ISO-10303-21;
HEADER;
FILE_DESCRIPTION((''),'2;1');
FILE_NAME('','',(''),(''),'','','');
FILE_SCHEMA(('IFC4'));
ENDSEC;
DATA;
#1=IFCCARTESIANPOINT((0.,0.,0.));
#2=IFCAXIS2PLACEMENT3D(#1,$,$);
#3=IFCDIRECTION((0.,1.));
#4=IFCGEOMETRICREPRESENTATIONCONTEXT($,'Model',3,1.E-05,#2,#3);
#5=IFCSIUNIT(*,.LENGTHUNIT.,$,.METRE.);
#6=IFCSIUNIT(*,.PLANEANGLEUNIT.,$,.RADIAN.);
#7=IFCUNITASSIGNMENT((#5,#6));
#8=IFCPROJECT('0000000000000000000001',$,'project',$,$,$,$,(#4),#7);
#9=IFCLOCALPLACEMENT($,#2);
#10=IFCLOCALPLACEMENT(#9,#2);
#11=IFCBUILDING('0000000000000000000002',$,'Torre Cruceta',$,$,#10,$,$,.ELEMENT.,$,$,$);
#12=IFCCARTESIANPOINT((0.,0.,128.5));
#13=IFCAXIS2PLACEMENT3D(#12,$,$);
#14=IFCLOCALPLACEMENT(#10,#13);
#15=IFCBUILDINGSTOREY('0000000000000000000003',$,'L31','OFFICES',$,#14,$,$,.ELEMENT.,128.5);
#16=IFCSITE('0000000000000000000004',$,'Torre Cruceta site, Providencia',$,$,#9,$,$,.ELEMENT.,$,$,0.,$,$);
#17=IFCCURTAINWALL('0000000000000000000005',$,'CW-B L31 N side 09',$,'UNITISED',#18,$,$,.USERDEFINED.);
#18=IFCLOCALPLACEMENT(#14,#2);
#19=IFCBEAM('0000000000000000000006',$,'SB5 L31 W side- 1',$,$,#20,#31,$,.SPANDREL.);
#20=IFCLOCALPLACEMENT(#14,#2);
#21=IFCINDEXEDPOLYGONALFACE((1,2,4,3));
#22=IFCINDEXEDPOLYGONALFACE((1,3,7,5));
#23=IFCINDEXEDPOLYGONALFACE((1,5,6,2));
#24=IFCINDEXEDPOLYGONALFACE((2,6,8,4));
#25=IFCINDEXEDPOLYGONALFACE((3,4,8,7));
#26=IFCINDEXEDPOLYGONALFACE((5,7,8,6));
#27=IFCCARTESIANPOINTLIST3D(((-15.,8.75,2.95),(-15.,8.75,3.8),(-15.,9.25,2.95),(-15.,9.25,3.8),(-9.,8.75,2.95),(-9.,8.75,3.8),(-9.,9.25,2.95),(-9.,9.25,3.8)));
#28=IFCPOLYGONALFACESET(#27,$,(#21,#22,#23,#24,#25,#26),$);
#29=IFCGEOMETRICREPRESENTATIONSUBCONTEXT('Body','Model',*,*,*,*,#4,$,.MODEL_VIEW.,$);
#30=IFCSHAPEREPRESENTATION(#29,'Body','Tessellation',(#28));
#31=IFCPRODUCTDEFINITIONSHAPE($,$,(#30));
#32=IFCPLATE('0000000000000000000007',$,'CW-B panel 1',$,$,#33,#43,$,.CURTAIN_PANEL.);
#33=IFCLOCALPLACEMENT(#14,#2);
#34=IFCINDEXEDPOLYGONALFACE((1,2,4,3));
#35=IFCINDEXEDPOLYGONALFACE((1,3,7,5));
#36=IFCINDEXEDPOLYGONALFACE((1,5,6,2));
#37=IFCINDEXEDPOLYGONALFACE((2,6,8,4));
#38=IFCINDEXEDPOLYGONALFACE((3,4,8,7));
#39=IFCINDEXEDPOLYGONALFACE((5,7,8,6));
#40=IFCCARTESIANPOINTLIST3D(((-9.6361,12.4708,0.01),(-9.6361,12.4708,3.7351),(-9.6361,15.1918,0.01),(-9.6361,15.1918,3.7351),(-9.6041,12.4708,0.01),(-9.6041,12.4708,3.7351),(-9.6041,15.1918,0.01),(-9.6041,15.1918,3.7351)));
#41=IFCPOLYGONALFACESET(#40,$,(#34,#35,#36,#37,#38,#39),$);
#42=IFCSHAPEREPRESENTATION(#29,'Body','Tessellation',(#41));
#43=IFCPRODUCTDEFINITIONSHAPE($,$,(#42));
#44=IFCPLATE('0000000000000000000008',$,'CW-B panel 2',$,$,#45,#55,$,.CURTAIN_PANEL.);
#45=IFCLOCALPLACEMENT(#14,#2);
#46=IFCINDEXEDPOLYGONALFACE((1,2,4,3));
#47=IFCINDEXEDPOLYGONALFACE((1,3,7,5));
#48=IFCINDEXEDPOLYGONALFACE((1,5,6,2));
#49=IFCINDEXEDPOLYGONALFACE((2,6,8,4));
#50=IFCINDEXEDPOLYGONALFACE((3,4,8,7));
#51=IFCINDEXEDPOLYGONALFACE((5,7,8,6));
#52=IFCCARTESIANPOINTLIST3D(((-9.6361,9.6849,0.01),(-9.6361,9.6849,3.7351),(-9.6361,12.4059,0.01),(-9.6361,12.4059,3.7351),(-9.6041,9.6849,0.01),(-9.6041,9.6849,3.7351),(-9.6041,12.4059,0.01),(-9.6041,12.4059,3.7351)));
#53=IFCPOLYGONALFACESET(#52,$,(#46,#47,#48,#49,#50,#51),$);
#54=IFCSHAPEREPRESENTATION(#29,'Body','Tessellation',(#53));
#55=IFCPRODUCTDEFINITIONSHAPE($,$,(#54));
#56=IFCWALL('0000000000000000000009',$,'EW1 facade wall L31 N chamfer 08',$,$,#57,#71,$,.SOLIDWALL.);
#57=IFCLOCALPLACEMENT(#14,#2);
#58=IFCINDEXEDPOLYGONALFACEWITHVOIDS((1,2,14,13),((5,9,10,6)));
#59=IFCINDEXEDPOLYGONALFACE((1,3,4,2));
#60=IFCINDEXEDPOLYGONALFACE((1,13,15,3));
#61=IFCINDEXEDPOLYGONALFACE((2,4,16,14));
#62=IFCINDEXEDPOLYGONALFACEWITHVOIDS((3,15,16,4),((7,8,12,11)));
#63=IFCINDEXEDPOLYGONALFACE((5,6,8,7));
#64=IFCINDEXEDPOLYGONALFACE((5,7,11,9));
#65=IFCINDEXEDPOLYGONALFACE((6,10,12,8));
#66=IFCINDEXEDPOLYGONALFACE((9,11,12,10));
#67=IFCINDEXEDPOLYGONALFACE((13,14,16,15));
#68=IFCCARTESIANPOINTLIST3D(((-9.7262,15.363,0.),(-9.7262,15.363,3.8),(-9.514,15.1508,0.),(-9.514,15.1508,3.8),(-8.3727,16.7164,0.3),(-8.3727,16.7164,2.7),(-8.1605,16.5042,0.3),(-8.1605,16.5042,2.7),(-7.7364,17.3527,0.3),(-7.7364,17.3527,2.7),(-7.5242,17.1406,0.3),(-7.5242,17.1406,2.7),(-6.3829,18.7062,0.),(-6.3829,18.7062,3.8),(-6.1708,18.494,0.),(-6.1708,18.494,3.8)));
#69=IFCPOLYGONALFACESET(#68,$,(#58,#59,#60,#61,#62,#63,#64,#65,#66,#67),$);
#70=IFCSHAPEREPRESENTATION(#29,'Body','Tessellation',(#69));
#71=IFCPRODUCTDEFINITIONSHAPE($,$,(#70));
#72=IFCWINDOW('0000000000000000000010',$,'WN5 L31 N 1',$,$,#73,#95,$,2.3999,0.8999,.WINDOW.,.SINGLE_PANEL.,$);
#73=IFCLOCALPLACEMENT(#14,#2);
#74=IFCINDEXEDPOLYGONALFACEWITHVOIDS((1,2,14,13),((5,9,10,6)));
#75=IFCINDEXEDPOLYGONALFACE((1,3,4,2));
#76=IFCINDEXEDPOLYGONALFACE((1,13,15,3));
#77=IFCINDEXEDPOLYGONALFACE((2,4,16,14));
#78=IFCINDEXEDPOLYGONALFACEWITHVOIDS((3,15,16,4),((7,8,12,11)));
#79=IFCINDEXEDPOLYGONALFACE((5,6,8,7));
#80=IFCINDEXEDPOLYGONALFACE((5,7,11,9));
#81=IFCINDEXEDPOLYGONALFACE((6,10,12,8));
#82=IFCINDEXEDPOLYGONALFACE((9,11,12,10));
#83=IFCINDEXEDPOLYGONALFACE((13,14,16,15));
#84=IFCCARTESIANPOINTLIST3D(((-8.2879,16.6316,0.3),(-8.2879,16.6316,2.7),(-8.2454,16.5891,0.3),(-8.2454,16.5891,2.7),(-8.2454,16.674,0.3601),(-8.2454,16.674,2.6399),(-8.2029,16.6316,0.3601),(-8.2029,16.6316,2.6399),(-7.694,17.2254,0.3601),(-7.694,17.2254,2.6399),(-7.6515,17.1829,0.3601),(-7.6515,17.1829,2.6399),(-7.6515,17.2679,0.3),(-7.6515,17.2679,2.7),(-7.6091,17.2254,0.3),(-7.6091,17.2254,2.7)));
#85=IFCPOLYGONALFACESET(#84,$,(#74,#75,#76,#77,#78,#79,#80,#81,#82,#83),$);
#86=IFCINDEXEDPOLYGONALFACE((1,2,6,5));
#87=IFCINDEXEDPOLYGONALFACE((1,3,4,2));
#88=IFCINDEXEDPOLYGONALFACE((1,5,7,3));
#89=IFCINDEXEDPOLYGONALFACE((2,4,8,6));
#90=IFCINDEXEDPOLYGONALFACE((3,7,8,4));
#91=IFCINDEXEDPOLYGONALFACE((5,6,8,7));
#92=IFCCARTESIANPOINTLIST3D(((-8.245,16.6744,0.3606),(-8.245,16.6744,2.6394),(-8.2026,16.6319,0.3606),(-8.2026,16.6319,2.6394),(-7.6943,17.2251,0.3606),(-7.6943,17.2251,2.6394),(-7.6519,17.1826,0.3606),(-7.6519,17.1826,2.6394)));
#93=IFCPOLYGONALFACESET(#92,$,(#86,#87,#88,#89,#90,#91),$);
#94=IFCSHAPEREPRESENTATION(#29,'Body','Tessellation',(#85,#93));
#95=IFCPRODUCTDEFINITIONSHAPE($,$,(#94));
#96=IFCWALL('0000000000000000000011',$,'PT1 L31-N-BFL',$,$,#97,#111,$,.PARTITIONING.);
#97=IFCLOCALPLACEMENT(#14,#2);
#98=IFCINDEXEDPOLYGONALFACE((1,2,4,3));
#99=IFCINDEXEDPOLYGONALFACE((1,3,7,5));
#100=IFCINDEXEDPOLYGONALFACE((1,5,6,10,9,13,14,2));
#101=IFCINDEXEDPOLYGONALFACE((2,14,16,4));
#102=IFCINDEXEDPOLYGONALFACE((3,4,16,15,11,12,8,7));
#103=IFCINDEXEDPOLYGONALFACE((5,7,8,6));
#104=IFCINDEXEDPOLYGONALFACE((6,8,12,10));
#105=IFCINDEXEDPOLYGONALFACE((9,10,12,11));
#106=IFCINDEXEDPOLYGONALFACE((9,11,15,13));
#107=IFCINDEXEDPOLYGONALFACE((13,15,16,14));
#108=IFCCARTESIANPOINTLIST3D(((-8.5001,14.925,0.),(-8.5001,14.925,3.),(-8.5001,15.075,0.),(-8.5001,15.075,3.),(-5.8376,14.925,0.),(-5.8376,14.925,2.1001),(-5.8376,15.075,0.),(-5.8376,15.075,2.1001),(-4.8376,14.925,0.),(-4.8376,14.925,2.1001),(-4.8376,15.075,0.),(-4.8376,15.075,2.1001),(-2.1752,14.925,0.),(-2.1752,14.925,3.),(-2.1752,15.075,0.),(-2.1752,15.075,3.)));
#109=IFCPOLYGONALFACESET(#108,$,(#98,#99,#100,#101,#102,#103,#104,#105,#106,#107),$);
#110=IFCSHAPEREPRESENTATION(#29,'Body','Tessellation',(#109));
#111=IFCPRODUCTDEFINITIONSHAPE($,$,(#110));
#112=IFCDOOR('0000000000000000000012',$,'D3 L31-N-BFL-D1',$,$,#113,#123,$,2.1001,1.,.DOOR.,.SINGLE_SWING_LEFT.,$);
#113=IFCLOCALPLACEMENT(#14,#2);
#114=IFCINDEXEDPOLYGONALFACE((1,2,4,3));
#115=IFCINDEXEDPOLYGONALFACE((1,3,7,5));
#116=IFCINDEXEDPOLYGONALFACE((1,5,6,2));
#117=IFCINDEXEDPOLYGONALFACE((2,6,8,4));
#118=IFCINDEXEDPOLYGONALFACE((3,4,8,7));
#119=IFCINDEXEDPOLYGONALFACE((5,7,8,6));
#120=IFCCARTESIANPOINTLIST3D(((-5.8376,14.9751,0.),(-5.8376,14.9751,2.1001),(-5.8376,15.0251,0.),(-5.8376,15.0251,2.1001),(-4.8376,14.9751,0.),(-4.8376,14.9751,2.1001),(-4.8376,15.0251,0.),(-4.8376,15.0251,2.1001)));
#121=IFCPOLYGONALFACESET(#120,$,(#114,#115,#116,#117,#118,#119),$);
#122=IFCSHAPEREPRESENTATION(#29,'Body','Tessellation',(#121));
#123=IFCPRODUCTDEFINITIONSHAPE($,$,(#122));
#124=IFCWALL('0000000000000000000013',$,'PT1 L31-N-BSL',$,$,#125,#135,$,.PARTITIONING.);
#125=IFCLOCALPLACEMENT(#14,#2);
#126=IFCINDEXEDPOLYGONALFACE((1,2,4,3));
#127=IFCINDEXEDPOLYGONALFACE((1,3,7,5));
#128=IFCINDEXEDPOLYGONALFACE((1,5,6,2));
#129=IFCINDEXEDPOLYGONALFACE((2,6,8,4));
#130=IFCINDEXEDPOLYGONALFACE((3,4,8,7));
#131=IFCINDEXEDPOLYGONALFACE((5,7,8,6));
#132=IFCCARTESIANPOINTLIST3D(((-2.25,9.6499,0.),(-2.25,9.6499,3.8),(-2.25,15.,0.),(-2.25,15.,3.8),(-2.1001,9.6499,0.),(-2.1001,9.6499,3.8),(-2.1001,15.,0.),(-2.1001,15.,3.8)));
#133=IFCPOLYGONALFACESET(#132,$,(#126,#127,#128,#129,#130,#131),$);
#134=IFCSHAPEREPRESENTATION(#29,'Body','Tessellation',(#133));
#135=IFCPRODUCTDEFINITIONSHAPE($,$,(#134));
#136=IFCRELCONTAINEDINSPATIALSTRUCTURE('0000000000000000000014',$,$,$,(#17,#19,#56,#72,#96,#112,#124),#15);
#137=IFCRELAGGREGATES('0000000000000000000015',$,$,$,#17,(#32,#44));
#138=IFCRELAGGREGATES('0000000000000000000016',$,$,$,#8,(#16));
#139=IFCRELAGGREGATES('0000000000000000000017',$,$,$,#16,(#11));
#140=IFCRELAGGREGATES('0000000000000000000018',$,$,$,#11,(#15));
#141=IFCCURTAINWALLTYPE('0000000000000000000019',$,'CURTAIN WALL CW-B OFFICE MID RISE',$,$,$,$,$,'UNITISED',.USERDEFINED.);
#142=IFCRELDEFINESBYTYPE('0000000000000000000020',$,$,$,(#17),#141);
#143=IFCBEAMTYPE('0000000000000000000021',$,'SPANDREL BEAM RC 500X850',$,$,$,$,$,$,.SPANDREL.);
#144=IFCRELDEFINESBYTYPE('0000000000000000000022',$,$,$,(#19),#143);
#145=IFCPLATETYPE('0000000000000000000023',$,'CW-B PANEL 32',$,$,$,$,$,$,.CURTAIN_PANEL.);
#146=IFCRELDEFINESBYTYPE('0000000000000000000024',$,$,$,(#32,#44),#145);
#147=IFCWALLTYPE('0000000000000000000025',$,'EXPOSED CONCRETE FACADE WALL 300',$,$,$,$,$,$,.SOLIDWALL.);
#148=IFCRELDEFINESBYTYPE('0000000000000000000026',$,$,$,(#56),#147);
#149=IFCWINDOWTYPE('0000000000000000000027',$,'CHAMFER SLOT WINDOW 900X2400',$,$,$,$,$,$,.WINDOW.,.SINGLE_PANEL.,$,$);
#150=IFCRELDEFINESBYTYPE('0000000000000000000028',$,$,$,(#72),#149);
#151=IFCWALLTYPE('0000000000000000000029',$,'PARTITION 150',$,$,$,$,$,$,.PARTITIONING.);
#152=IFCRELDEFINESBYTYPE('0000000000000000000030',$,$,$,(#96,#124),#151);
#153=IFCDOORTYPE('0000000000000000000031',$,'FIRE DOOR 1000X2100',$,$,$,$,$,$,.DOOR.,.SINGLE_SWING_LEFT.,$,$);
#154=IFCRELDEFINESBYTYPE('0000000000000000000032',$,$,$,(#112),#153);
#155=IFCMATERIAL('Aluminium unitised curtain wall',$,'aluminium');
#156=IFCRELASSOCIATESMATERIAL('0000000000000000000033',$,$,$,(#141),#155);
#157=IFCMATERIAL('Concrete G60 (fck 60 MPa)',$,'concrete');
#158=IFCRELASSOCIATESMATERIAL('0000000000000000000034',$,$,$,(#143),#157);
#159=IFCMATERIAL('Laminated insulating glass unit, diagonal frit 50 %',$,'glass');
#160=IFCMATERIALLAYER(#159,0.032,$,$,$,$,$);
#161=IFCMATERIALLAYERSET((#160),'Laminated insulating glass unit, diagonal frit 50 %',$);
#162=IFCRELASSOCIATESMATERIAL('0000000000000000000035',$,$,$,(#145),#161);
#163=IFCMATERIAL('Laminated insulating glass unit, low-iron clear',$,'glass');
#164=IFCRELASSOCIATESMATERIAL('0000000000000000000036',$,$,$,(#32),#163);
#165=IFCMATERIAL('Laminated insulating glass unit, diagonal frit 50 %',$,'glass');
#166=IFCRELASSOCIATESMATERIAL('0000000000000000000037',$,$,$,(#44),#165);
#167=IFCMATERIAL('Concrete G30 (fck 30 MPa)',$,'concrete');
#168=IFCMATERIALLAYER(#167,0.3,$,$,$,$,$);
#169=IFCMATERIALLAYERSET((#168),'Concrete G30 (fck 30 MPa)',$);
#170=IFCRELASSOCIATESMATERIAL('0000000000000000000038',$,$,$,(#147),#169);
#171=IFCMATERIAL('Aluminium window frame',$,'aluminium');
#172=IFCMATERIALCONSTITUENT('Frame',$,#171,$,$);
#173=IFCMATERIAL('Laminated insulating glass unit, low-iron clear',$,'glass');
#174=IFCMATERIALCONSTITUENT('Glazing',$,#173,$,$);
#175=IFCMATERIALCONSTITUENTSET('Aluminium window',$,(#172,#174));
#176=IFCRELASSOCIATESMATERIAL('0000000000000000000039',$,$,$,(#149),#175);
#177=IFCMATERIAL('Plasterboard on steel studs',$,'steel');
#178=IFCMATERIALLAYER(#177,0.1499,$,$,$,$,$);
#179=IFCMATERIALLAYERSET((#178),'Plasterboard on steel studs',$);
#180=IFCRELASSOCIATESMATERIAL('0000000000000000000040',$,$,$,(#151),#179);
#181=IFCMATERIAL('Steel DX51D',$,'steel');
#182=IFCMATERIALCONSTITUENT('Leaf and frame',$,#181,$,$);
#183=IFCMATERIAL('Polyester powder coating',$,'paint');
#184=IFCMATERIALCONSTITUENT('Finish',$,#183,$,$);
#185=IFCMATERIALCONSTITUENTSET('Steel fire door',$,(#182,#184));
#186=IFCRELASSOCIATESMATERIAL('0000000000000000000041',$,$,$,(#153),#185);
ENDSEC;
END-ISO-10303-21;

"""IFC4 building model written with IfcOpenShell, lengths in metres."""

from ifc_helpers import new_model, si_unit, direction, frame, frame_2d, origin, origin_2d, place, context, subcontext, project, spatial, rectangle, hollow_rectangle, extrude, material, layer, layer_set, constituent, constituent_set, material_profile, profile_set, type_object, element, fill, aggregate, save


model = new_model("IFC4")

# Units and contexts
model_context = context("Model", 3, precision=1e-05, world=origin(), true_north=direction((0.0, 1.0)))
body_context = subcontext(model_context, "Body", "Model", "MODEL_VIEW")
ifc_project = project(units=[si_unit("LENGTHUNIT", "METRE"), si_unit("PLANEANGLEUNIT", "RADIAN")], contexts=[model_context])

# Site, building, storey
site_placement = place(None, origin())
site = spatial("IfcSite", under=ifc_project, at=site_placement, Name="Torre Cruceta site, Providencia", CompositionType="ELEMENT", RefElevation=0.0)
building_placement = place(site_placement, origin())
building = spatial("IfcBuilding", under=site, at=building_placement, Name="Torre Cruceta", CompositionType="ELEMENT")
storey_placement = place(building_placement, frame((0.0, 0.0, 128.5)))
storey = spatial("IfcBuildingStorey", under=building, at=storey_placement, Name="L31", Description="OFFICES", CompositionType="ELEMENT", Elevation=128.5)

# Curtain wall
ifc_material_1 = material(Name="Aluminium unitised curtain wall", Category="aluminium")
curtain_wall_type = type_object("IfcCurtainWallType", Name="CURTAIN WALL CW-B OFFICE MID RISE", ElementType="UNITISED", PredefinedType="USERDEFINED", material=ifc_material_1)
curtain_wall_placement = place(storey_placement, origin())
curtain_wall = element("IfcCurtainWall", 1, at=curtain_wall_placement, inside=storey, type_object=curtain_wall_type, Name="CW-B L31 N side 09", ObjectType="UNITISED", PredefinedType="USERDEFINED")

# Beam
ifc_material_2 = material(Name="Concrete G60 (fck 60 MPa)", Category="concrete")
ifc_material_profile_1 = material_profile(ifc_material_2, rectangle(XDim=0.5, YDim=0.8501, at=origin_2d()), Name="RC 500X850")
ifc_profile_set_1 = profile_set([ifc_material_profile_1], Name="Concrete G60 (fck 60 MPa)")
beam_type_1 = type_object("IfcBeamType", Name="SPANDREL BEAM RC 500X850", PredefinedType="SPANDREL", material=ifc_profile_set_1)
beam_1_placement = place(storey_placement, frame((-9.0, 9.0, 3.375), z_axis=(-1.0, 0.0, 0.0), x_axis=(0.0, -1.0, 0.0)))
element("IfcBeam", 2, at=beam_1_placement, inside=storey, type_object=beam_type_1, Name="SB5 L31 W side- 1", PredefinedType="SPANDREL", context=body_context, shape_type="SweptSolid", body=[
    extrude(rectangle(XDim=0.5, YDim=0.8501, at=origin_2d()), origin(), (0.0, 0.0, 1.0), 6.0),
])

# Plates
ifc_material_3 = material(Name="Laminated insulating glass unit, low-iron clear", Category="glass")
ifc_material_4 = material(Name="Laminated insulating glass unit, diagonal frit 50 %", Category="glass")
ifc_layer_1 = layer(ifc_material_4, 0.032)
ifc_layer_set_1 = layer_set([ifc_layer_1], Name="Laminated insulating glass unit, diagonal frit 50 %")
plate_type = type_object("IfcPlateType", Name="CW-B PANEL 32", PredefinedType="CURTAIN_PANEL", material=ifc_layer_set_1)
plate_1_placement = place(storey_placement, frame((-9.6201, 13.8313, 0.01), z_axis=(0.0, 0.0, 1.0), x_axis=(0.0, -1.0, 0.0)))
plate_1 = element("IfcPlate", 3, at=plate_1_placement, type_object=plate_type, material=ifc_material_3, Name="CW-B panel 1", PredefinedType="CURTAIN_PANEL", context=body_context, shape_type="SweptSolid", body=[
    extrude(rectangle(XDim=2.7209, YDim=0.032, at=origin_2d()), origin(), (0.0, 0.0, 1.0), 3.7251),
])
ifc_material_5 = material(Name="Laminated insulating glass unit, diagonal frit 50 %", Category="glass")
plate_2_placement = place(storey_placement, frame((-9.6201, 11.0454, 0.01), z_axis=(0.0, 0.0, 1.0), x_axis=(0.0, -1.0, 0.0)))
plate_2 = element("IfcPlate", 4, at=plate_2_placement, type_object=plate_type, material=ifc_material_5, Name="CW-B panel 2", PredefinedType="CURTAIN_PANEL", context=body_context, shape_type="SweptSolid", body=[
    extrude(rectangle(XDim=2.7209, YDim=0.032, at=origin_2d()), origin(), (0.0, 0.0, 1.0), 3.7251),
])
aggregate(curtain_wall, [plate_1, plate_2])

# Wall, opening, window
ifc_material_6 = material(Name="Concrete G30 (fck 30 MPa)", Category="concrete")
ifc_layer_2 = layer(ifc_material_6, 0.3)
ifc_layer_set_2 = layer_set([ifc_layer_2], Name="Concrete G30 (fck 30 MPa)")
wall_type_1 = type_object("IfcWallType", Name="EXPOSED CONCRETE FACADE WALL 300", PredefinedType="SOLIDWALL", material=ifc_layer_set_2)
wall_1_placement = place(storey_placement, frame((-6.2769, 18.6001, 0.0), z_axis=(0.0, 0.0, 1.0), x_axis=(-0.707107, -0.707107, 0.0)))
wall_1 = element("IfcWall", 5, at=wall_1_placement, inside=storey, type_object=wall_type_1, Name="EW1 facade wall L31 N chamfer 08", PredefinedType="SOLIDWALL", context=body_context, shape_type="SweptSolid", body=[
    extrude(rectangle(XDim=4.728, YDim=0.3, at=frame_2d((2.364, 0.0))), origin(), (0.0, 0.0, 1.0), 3.8),
])
opening_1_placement = place(wall_1_placement, frame((1.9141, 0.0, 0.3)))
opening_1 = element("IfcOpeningElement", 6, at=opening_1_placement, cuts=wall_1, PredefinedType="OPENING", context=body_context, shape_type="SweptSolid", body=[
    extrude(rectangle(XDim=0.8999, YDim=2.3999, at=frame_2d((0.45, 1.2))), frame((0.0, 0.1599, 0.0), z_axis=(0.0, -1.0, 0.0), x_axis=(1.0, 0.0, 0.0)), (0.0, 0.0, 1.0), 0.3201),
])
ifc_material_7 = material(Name="Aluminium window frame", Category="aluminium")
ifc_constituent_1 = constituent(ifc_material_7, Name="Frame")
ifc_material_8 = material(Name="Laminated insulating glass unit, low-iron clear", Category="glass")
ifc_constituent_2 = constituent(ifc_material_8, Name="Glazing")
ifc_constituent_set_1 = constituent_set(constituents=[ifc_constituent_1, ifc_constituent_2], Name="Aluminium window")
window_type = type_object("IfcWindowType", Name="CHAMFER SLOT WINDOW 900X2400", PartitioningType="SINGLE_PANEL", PredefinedType="WINDOW", material=ifc_constituent_set_1)
window_placement = place(opening_1_placement, origin())
window = element("IfcWindow", 7, at=window_placement, inside=storey, type_object=window_type, Name="WN5 L31 N 1", OverallHeight=2.3999, OverallWidth=0.8999, PartitioningType="SINGLE_PANEL", PredefinedType="WINDOW", context=body_context, shape_type="SweptSolid", body=[
    extrude(hollow_rectangle(XDim=0.8999, YDim=2.3999, WallThickness=0.0601, at=frame_2d((0.45, 1.2))), frame((0.0, 0.03, 0.0), z_axis=(0.0, -1.0, 0.0), x_axis=(1.0, 0.0, 0.0)), (0.0, 0.0, 1.0), 0.0601),
    extrude(rectangle(XDim=0.7788, YDim=2.2788, at=frame_2d((0.45, 1.2))), frame((0.0, 0.03, 0.0), z_axis=(0.0, -1.0, 0.0), x_axis=(1.0, 0.0, 0.0)), (0.0, 0.0, 1.0), 0.0601),
])
fill(opening_1, window)

# Wall, opening, door
ifc_material_9 = material(Name="Plasterboard on steel studs", Category="steel")
ifc_layer_3 = layer(ifc_material_9, 0.1499)
ifc_layer_set_3 = layer_set([ifc_layer_3], Name="Plasterboard on steel studs")
wall_type_2 = type_object("IfcWallType", Name="PARTITION 150", PredefinedType="PARTITIONING", material=ifc_layer_set_3)
wall_2_placement = place(storey_placement, frame((-2.175, 15.0, 0.0), z_axis=(0.0, 0.0, 1.0), x_axis=(-1.0, 0.0, 0.0)))
wall_2 = element("IfcWall", 8, at=wall_2_placement, inside=storey, type_object=wall_type_2, Name="PT1 L31-N-BFL", PredefinedType="PARTITIONING", context=body_context, shape_type="SweptSolid", body=[
    extrude(rectangle(XDim=6.325, YDim=0.1499, at=frame_2d((3.1626, 0.0))), origin(), (0.0, 0.0, 1.0), 3.0),
])
opening_2_placement = place(wall_2_placement, frame((2.6626, 0.0, 0.0)))
opening_2 = element("IfcOpeningElement", 9, at=opening_2_placement, cuts=wall_2, PredefinedType="OPENING", context=body_context, shape_type="SweptSolid", body=[
    extrude(rectangle(XDim=1.0, YDim=2.1001, at=frame_2d((0.5, 1.05))), frame((0.0, 0.085, 0.0), z_axis=(0.0, -1.0, 0.0), x_axis=(1.0, 0.0, 0.0)), (0.0, 0.0, 1.0), 0.1699),
])
ifc_material_10 = material(Name="Steel DX51D", Category="steel")
ifc_constituent_3 = constituent(ifc_material_10, Name="Leaf and frame")
ifc_material_11 = material(Name="Polyester powder coating", Category="paint")
ifc_constituent_4 = constituent(ifc_material_11, Name="Finish")
ifc_constituent_set_2 = constituent_set(constituents=[ifc_constituent_3, ifc_constituent_4], Name="Steel fire door")
door_type_1 = type_object("IfcDoorType", Name="FIRE DOOR 1000X2100", OperationType="SINGLE_SWING_LEFT", PredefinedType="DOOR", material=ifc_constituent_set_2)
door_1_placement = place(opening_2_placement, frame((1.0, 0.0, 0.0), z_axis=(0.0, 0.0, 1.0), x_axis=(-1.0, 0.0, 0.0)))
door_1 = element("IfcDoor", 10, at=door_1_placement, inside=storey, type_object=door_type_1, Name="D3 L31-N-BFL-D1", OperationType="SINGLE_SWING_LEFT", OverallHeight=2.1001, OverallWidth=1.0, PredefinedType="DOOR", context=body_context, shape_type="SweptSolid", body=[
    extrude(rectangle(XDim=1.0, YDim=2.1001, at=frame_2d((0.5, 1.05))), frame((0.0, 0.0251, 0.0), z_axis=(0.0, -1.0, 0.0), x_axis=(1.0, 0.0, 0.0)), (0.0, 0.0, 1.0), 0.05),
])
fill(opening_2, door_1)

# Wall
wall_3_placement = place(storey_placement, frame((-2.175, 9.6499, 0.0), z_axis=(0.0, 0.0, 1.0), x_axis=(0.0, 1.0, 0.0)))
element("IfcWall", 11, at=wall_3_placement, inside=storey, type_object=wall_type_2, Name="PT1 L31-N-BSL", PredefinedType="PARTITIONING", context=body_context, shape_type="SweptSolid", body=[
    extrude(rectangle(XDim=5.3501, YDim=0.1499, at=frame_2d((2.675, 0.0))), origin(), (0.0, 0.0, 1.0), 3.8),
])

save(model, "model.ifc")
